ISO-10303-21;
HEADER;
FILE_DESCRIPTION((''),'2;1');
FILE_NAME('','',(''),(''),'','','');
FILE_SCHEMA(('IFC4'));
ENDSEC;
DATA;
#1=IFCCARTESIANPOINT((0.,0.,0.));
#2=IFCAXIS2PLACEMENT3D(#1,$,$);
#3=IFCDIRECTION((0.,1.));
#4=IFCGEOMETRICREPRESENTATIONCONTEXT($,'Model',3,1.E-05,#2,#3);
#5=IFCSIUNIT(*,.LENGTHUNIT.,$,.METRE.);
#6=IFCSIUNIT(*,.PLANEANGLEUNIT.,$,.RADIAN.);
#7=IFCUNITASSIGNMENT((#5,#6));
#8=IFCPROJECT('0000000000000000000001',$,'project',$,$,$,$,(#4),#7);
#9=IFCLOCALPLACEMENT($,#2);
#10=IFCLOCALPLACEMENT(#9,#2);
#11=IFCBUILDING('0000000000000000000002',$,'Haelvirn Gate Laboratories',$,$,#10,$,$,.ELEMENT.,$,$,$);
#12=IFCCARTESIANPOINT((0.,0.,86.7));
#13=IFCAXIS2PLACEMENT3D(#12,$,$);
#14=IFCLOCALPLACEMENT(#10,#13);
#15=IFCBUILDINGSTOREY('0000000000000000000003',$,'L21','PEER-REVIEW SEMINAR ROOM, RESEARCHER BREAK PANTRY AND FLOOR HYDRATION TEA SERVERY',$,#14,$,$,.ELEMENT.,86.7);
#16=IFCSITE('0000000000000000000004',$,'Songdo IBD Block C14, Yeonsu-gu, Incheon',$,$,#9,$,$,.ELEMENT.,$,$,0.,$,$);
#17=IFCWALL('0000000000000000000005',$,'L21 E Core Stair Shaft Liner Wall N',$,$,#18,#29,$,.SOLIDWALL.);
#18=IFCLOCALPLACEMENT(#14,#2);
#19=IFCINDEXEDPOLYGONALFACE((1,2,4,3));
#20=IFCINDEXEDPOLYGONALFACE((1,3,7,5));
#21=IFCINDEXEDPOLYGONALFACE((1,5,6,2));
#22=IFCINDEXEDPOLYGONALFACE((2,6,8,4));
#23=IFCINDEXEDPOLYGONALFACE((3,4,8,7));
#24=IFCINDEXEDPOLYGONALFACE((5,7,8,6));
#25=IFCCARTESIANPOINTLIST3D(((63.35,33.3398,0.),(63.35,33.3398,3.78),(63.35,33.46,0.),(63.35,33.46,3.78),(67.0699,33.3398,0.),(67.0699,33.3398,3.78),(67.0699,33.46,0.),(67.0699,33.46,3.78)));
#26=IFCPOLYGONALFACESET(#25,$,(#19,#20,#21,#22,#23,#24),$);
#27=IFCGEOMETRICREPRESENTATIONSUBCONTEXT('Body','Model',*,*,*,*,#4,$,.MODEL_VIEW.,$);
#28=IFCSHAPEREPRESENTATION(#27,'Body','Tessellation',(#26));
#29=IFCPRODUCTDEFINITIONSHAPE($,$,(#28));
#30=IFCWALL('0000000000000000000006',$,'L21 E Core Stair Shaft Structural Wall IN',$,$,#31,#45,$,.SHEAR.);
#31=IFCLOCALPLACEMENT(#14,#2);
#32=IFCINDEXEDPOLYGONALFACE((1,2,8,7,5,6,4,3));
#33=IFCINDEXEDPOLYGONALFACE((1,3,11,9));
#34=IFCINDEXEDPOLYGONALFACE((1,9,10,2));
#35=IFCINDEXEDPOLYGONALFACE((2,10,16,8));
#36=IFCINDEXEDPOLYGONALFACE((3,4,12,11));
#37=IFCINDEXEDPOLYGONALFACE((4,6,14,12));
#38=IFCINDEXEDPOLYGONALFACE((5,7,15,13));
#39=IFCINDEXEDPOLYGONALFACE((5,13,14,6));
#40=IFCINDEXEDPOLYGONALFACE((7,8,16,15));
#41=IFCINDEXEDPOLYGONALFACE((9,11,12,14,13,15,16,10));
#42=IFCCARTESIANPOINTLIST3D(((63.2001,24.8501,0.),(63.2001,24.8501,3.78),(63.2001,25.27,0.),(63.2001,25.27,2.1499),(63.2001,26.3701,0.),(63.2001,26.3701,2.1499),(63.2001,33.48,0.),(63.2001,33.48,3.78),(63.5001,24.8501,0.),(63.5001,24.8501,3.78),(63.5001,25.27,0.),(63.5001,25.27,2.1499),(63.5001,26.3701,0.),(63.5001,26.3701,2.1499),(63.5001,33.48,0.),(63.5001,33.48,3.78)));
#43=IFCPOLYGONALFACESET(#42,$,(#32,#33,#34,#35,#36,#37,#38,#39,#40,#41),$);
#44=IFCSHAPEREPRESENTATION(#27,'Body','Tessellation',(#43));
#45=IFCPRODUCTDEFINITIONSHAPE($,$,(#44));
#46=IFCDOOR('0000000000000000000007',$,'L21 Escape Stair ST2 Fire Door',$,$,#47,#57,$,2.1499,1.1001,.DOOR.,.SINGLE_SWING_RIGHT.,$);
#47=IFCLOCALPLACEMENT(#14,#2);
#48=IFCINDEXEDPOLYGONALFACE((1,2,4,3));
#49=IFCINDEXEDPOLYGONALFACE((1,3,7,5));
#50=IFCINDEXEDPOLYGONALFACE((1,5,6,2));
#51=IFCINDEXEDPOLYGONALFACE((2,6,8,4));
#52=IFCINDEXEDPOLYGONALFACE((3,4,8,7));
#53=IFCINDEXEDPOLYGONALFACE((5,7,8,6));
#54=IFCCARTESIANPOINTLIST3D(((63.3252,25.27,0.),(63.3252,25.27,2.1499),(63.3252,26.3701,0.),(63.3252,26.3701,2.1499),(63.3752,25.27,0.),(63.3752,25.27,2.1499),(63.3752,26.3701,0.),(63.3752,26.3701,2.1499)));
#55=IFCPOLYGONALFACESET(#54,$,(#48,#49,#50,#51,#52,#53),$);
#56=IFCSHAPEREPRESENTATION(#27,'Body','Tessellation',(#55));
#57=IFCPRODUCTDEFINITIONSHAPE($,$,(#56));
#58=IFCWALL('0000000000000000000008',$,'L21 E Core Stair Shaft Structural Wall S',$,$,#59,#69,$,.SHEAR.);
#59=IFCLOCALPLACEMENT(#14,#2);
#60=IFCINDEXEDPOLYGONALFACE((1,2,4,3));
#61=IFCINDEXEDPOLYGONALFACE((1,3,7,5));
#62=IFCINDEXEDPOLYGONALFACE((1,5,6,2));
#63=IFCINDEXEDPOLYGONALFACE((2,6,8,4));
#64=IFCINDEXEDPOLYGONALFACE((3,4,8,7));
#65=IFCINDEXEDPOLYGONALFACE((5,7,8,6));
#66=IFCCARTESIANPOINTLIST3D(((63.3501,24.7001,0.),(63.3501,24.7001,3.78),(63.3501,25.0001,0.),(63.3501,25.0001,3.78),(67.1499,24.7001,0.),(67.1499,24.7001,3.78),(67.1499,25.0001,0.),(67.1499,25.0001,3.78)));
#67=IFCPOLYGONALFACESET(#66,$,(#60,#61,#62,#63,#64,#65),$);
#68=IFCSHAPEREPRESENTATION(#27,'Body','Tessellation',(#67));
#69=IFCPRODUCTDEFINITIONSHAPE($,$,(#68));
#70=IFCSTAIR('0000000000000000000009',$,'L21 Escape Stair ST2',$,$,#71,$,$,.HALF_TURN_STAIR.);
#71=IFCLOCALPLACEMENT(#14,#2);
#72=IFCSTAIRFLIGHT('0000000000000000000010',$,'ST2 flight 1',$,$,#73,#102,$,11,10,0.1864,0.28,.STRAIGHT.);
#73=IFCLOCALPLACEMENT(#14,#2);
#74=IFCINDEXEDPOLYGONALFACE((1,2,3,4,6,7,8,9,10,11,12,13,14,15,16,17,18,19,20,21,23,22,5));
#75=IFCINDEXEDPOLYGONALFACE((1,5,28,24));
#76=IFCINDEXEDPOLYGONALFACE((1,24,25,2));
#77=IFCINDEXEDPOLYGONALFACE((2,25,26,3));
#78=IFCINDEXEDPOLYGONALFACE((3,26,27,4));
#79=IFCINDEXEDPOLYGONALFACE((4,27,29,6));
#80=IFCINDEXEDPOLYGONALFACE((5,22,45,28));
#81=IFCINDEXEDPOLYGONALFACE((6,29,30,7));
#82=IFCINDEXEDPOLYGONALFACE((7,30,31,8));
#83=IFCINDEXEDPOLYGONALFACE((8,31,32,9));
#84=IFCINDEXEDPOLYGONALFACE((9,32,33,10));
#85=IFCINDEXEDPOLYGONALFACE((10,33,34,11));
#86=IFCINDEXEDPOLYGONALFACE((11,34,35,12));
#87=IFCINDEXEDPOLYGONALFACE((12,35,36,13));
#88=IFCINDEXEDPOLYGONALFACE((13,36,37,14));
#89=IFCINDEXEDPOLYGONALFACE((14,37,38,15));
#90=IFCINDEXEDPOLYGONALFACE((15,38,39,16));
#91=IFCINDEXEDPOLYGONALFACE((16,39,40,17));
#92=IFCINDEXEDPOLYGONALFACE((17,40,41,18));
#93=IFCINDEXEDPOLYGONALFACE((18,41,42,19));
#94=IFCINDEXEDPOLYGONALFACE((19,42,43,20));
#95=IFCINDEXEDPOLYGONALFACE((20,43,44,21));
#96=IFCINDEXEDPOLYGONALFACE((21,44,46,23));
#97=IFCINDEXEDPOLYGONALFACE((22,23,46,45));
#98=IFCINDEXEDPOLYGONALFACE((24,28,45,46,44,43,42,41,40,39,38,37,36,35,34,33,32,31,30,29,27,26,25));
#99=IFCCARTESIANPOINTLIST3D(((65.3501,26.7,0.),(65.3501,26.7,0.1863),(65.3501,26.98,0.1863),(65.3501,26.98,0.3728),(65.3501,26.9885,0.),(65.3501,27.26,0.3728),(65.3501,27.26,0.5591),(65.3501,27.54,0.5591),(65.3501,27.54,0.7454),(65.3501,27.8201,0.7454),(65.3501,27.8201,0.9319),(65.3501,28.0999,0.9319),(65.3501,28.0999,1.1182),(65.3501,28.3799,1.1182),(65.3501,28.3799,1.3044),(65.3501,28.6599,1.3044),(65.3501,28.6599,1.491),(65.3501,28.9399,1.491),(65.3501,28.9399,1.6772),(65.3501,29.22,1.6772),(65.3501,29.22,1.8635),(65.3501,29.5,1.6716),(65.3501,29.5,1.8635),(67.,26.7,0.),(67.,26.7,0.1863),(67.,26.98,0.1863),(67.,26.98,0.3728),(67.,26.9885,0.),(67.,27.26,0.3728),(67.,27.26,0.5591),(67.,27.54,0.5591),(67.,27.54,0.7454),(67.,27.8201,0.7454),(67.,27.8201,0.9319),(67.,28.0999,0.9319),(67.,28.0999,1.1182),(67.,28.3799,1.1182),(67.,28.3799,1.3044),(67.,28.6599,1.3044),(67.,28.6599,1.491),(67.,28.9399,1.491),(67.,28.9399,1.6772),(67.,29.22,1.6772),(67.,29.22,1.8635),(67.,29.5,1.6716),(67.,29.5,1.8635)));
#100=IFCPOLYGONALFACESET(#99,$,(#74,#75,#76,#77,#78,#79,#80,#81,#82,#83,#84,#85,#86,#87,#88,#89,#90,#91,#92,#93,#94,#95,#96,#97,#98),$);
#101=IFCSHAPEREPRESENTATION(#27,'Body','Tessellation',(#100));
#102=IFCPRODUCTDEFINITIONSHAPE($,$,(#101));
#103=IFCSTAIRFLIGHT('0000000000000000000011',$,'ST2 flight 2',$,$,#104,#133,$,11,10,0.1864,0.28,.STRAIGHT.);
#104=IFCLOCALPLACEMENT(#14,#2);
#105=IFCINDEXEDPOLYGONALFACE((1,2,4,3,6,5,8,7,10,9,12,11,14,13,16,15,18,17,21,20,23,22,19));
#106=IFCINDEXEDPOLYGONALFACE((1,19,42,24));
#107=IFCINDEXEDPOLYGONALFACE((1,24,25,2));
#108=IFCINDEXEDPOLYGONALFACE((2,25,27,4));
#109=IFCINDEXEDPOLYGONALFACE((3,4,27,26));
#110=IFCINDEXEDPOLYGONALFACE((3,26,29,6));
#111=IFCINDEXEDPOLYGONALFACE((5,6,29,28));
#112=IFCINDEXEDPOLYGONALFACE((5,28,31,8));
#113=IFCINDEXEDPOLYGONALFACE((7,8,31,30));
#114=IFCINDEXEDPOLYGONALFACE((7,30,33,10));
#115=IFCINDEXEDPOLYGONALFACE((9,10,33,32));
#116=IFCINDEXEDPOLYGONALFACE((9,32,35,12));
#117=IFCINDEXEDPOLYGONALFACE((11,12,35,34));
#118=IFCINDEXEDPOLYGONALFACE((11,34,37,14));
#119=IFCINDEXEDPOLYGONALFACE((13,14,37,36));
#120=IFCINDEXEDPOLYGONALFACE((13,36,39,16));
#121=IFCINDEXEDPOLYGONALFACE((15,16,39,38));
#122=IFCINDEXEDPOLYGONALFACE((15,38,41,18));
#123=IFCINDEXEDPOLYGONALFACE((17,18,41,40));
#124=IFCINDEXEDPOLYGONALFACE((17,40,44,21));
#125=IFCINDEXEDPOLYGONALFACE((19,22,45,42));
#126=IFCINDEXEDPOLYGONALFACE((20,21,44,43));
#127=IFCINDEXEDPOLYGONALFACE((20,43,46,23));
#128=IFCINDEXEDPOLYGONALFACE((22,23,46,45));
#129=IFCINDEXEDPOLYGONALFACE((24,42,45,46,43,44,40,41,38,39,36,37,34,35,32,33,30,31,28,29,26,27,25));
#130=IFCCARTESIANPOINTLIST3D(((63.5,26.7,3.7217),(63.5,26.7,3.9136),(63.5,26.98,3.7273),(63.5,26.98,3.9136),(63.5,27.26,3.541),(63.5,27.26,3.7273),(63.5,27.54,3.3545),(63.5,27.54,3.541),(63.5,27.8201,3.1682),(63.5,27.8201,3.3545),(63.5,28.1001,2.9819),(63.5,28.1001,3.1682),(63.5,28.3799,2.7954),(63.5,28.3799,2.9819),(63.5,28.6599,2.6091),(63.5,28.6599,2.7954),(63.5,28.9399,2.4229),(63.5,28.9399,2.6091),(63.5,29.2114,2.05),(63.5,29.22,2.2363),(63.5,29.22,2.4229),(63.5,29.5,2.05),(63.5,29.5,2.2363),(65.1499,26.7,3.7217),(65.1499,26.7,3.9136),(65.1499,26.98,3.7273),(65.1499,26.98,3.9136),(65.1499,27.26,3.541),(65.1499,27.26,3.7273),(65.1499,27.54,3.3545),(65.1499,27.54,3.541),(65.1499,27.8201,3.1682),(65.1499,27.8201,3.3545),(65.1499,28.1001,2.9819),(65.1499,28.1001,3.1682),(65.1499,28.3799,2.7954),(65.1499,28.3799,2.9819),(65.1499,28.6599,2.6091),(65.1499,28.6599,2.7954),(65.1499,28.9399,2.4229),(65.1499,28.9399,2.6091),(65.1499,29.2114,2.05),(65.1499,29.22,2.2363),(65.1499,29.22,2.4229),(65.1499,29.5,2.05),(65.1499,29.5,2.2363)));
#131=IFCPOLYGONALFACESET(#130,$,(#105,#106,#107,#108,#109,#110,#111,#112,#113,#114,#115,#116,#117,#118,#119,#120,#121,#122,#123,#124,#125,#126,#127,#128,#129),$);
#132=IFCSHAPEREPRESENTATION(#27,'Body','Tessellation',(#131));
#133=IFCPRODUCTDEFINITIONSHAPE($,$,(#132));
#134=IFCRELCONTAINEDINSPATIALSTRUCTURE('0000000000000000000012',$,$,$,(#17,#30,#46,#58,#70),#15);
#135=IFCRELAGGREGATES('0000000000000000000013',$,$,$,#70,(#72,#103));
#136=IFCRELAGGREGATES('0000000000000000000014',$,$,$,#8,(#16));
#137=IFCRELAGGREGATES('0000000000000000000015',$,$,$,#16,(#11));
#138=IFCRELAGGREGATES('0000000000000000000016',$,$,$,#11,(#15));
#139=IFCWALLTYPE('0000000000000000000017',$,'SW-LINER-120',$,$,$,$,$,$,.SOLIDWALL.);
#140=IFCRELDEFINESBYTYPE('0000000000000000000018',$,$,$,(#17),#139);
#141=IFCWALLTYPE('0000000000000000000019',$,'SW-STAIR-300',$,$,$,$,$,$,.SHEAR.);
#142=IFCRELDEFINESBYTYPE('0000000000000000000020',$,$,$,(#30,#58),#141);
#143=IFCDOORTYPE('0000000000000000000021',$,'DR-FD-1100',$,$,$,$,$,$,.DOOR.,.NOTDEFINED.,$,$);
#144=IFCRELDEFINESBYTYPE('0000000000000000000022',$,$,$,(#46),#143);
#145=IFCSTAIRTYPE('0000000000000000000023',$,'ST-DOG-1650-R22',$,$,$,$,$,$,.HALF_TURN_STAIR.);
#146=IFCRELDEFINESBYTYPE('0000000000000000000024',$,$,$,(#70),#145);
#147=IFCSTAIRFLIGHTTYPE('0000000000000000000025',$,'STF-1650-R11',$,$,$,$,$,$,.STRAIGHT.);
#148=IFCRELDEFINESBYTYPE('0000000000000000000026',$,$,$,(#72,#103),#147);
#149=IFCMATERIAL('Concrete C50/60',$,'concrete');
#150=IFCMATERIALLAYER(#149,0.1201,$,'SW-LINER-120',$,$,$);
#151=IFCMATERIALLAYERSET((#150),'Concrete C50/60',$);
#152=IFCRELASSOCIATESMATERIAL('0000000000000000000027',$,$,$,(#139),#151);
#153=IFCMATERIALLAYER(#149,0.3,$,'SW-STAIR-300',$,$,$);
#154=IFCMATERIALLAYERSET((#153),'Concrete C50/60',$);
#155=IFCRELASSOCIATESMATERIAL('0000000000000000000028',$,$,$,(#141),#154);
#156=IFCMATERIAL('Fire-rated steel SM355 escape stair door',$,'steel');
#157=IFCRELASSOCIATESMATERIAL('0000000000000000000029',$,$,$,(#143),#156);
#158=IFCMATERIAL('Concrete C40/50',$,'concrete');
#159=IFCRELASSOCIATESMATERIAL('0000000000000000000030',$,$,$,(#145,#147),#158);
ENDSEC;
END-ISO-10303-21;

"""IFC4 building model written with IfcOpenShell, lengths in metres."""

from ifc_helpers import new_model, si_unit, direction, frame, frame_2d, origin, place, context, subcontext, project, spatial, polyline, rectangle, outline, extrude, source, transform, mapped, material, layer, layer_set, type_object, type_shapes, element, fill, aggregate, save


model = new_model("IFC4")

# Units and contexts
model_context = context("Model", 3, precision=1e-05, world=origin(), true_north=direction((0.0, 1.0)))
body_context = subcontext(model_context, "Body", "Model", "MODEL_VIEW")
ifc_project = project(units=[si_unit("LENGTHUNIT", "METRE"), si_unit("PLANEANGLEUNIT", "RADIAN")], contexts=[model_context])

# Site, building, storey
site_placement = place(None, origin())
site = spatial("IfcSite", under=ifc_project, at=site_placement, Name="Songdo IBD Block C14, Yeonsu-gu, Incheon", CompositionType="ELEMENT", RefElevation=0.0)
building_placement = place(site_placement, origin())
building = spatial("IfcBuilding", under=site, at=building_placement, Name="Haelvirn Gate Laboratories", CompositionType="ELEMENT")
storey_placement = place(building_placement, frame((0.0, 0.0, 86.7)))
storey = spatial("IfcBuildingStorey", under=building, at=storey_placement, Name="L21", Description="PEER-REVIEW SEMINAR ROOM, RESEARCHER BREAK PANTRY AND FLOOR HYDRATION TEA SERVERY", CompositionType="ELEMENT", Elevation=86.7)

# Wall
ifc_material_1 = material(Name="Concrete C40/50", Category="concrete")
ifc_material_2 = material(Name="Concrete C50/60", Category="concrete")
ifc_layer_1 = layer(ifc_material_2, 0.1201, Name="SW-LINER-120")
ifc_layer_set_1 = layer_set([ifc_layer_1], Name="Concrete C50/60")
wall_type_1 = type_object("IfcWallType", Name="SW-LINER-120", PredefinedType="SOLIDWALL", material=ifc_layer_set_1)
wall_1_placement = place(storey_placement, frame((63.3501, 33.3999, 0.0), z_axis=(0.0, 0.0, 1.0), x_axis=(1.0, 0.0, 0.0)))
element("IfcWall", 1, at=wall_1_placement, inside=storey, type_object=wall_type_1, Name="L21 E Core Stair Shaft Liner Wall N", PredefinedType="SOLIDWALL", context=body_context, shape_type="SweptSolid", body=[
    extrude(rectangle(XDim=3.72, YDim=0.1201, at=frame_2d((1.8599, 0.0))), origin(), (0.0, 0.0, 1.0), 3.78),
])

# Wall, opening, door
ifc_layer_2 = layer(ifc_material_2, 0.3, Name="SW-STAIR-300")
ifc_layer_set_2 = layer_set([ifc_layer_2], Name="Concrete C50/60")
wall_type_2 = type_object("IfcWallType", Name="SW-STAIR-300", PredefinedType="SHEAR", material=ifc_layer_set_2)
wall_2_placement = place(storey_placement, frame((63.3501, 24.8501, 0.0), z_axis=(0.0, 0.0, 1.0), x_axis=(0.0, 1.0, 0.0)))
wall_2 = element("IfcWall", 2, at=wall_2_placement, inside=storey, type_object=wall_type_2, Name="L21 E Core Stair Shaft Structural Wall IN", PredefinedType="SHEAR", context=body_context, shape_type="SweptSolid", body=[
    extrude(rectangle(XDim=8.6299, YDim=0.3, at=frame_2d((4.3149, 0.0))), origin(), (0.0, 0.0, 1.0), 3.78),
])
opening_1_placement = place(wall_2_placement, frame((0.4199, 0.0, 0.0)))
opening_1 = element("IfcOpeningElement", 3, at=opening_1_placement, cuts=wall_2, PredefinedType="OPENING", context=body_context, shape_type="SweptSolid", body=[
    extrude(rectangle(XDim=1.1001, YDim=2.1499, at=frame_2d((0.55, 1.075))), frame((0.0, 0.1602, 0.0), z_axis=(0.0, -1.0, 0.0), x_axis=(1.0, 0.0, 0.0)), (0.0, 0.0, 1.0), 0.3201),
])
ifc_material_3 = material(Name="Fire-rated steel SM355 escape stair door", Category="steel")
door_type_1 = type_object("IfcDoorType", Name="DR-FD-1100", OperationType="NOTDEFINED", PredefinedType="DOOR", material=ifc_material_3)
shared_shape_1 = source(origin(), body_context, "Body", "SweptSolid", [
    extrude(rectangle(XDim=1.1001, YDim=2.1499, at=frame_2d((0.55, 1.075))), frame((0.0, 0.0249, 0.0), z_axis=(0.0, -1.0, 0.0), x_axis=(1.0, 0.0, 0.0)), (0.0, 0.0, 1.0), 0.05),
])
type_shapes(door_type_1, [shared_shape_1])
door_1_placement = place(opening_1_placement, origin())
door_1 = element("IfcDoor", 4, at=door_1_placement, inside=storey, type_object=door_type_1, Name="L21 Escape Stair ST2 Fire Door", OperationType="SINGLE_SWING_RIGHT", OverallHeight=2.1499, OverallWidth=1.1001, PredefinedType="DOOR", context=body_context, shape_type="MappedRepresentation", body=[
    mapped(shared_shape_1, transform((0.0, 0.0, 0.0), scale=1.0)),
])
fill(opening_1, door_1)

# Wall
wall_3_placement = place(storey_placement, frame((63.3501, 24.8501, 0.0), z_axis=(0.0, 0.0, 1.0), x_axis=(1.0, 0.0, 0.0)))
element("IfcWall", 5, at=wall_3_placement, inside=storey, type_object=wall_type_2, Name="L21 E Core Stair Shaft Structural Wall S", PredefinedType="SHEAR", context=body_context, shape_type="SweptSolid", body=[
    extrude(rectangle(XDim=3.7998, YDim=0.3, at=frame_2d((1.8999, 0.0))), origin(), (0.0, 0.0, 1.0), 3.78),
])

# Stair, stair flights
stair_type = type_object("IfcStairType", Name="ST-DOG-1650-R22", PredefinedType="HALF_TURN_STAIR", material=ifc_material_1)
stair_placement = place(storey_placement, origin())
stair = element("IfcStair", 6, at=stair_placement, inside=storey, type_object=stair_type, Name="L21 Escape Stair ST2", PredefinedType="HALF_TURN_STAIR")
stair_flight_type = type_object("IfcStairFlightType", Name="STF-1650-R11", PredefinedType="STRAIGHT", material=ifc_material_1)
shared_shape_2 = source(origin(), body_context, "Body", "SweptSolid", [
    extrude(outline(polyline([(0.0, 0.0), (0.0, 0.1863), (0.28, 0.1863), (0.28, 0.3728), (0.5601, 0.3728), (0.5601, 0.5591), (0.8401, 0.5591), (0.8401, 0.7454), (1.1201, 0.7454), (1.1201, 0.9319), (1.3999, 0.9319), (1.3999, 1.1182), (1.6799, 1.1182), (1.6799, 1.3044), (1.96, 1.3044), (1.96, 1.491), (2.24, 1.491), (2.24, 1.6772), (2.52, 1.6772), (2.52, 1.8635), (2.8, 1.8635), (2.8, 2.05), (2.8, 1.6716), (0.2886, 0.0), (0.0, 0.0)])), frame((0.0, 0.825, 0.0), z_axis=(0.0, -1.0, 0.0), x_axis=(1.0, 0.0, 0.0)), (0.0, 0.0, 1.0), 1.6499),
])
type_shapes(stair_flight_type, [shared_shape_2])
stair_flight_1_placement = place(storey_placement, frame((66.175, 26.7, 0.0), z_axis=(0.0, 0.0, 1.0), x_axis=(0.0, 1.0, 0.0)))
stair_flight_1 = element("IfcStairFlight", 7, at=stair_flight_1_placement, type_object=stair_flight_type, Name="ST2 flight 1", NumberOfRisers=11, NumberOfTreads=10, PredefinedType="STRAIGHT", RiserHeight=0.1864, TreadLength=0.28, context=body_context, shape_type="MappedRepresentation", body=[
    mapped(shared_shape_2, transform((0.0, 0.0, 0.0), scale=1.0)),
])
stair_flight_2_placement = place(storey_placement, frame((64.325, 29.5, 2.05), z_axis=(0.0, 0.0, 1.0), x_axis=(0.0, -1.0, 0.0)))
stair_flight_2 = element("IfcStairFlight", 8, at=stair_flight_2_placement, type_object=stair_flight_type, Name="ST2 flight 2", NumberOfRisers=11, NumberOfTreads=10, PredefinedType="STRAIGHT", RiserHeight=0.1864, TreadLength=0.28, context=body_context, shape_type="MappedRepresentation", body=[
    mapped(shared_shape_2, transform((0.0, 0.0, 0.0), scale=1.0)),
])
aggregate(stair, [stair_flight_1, stair_flight_2])

save(model, "model.ifc")
